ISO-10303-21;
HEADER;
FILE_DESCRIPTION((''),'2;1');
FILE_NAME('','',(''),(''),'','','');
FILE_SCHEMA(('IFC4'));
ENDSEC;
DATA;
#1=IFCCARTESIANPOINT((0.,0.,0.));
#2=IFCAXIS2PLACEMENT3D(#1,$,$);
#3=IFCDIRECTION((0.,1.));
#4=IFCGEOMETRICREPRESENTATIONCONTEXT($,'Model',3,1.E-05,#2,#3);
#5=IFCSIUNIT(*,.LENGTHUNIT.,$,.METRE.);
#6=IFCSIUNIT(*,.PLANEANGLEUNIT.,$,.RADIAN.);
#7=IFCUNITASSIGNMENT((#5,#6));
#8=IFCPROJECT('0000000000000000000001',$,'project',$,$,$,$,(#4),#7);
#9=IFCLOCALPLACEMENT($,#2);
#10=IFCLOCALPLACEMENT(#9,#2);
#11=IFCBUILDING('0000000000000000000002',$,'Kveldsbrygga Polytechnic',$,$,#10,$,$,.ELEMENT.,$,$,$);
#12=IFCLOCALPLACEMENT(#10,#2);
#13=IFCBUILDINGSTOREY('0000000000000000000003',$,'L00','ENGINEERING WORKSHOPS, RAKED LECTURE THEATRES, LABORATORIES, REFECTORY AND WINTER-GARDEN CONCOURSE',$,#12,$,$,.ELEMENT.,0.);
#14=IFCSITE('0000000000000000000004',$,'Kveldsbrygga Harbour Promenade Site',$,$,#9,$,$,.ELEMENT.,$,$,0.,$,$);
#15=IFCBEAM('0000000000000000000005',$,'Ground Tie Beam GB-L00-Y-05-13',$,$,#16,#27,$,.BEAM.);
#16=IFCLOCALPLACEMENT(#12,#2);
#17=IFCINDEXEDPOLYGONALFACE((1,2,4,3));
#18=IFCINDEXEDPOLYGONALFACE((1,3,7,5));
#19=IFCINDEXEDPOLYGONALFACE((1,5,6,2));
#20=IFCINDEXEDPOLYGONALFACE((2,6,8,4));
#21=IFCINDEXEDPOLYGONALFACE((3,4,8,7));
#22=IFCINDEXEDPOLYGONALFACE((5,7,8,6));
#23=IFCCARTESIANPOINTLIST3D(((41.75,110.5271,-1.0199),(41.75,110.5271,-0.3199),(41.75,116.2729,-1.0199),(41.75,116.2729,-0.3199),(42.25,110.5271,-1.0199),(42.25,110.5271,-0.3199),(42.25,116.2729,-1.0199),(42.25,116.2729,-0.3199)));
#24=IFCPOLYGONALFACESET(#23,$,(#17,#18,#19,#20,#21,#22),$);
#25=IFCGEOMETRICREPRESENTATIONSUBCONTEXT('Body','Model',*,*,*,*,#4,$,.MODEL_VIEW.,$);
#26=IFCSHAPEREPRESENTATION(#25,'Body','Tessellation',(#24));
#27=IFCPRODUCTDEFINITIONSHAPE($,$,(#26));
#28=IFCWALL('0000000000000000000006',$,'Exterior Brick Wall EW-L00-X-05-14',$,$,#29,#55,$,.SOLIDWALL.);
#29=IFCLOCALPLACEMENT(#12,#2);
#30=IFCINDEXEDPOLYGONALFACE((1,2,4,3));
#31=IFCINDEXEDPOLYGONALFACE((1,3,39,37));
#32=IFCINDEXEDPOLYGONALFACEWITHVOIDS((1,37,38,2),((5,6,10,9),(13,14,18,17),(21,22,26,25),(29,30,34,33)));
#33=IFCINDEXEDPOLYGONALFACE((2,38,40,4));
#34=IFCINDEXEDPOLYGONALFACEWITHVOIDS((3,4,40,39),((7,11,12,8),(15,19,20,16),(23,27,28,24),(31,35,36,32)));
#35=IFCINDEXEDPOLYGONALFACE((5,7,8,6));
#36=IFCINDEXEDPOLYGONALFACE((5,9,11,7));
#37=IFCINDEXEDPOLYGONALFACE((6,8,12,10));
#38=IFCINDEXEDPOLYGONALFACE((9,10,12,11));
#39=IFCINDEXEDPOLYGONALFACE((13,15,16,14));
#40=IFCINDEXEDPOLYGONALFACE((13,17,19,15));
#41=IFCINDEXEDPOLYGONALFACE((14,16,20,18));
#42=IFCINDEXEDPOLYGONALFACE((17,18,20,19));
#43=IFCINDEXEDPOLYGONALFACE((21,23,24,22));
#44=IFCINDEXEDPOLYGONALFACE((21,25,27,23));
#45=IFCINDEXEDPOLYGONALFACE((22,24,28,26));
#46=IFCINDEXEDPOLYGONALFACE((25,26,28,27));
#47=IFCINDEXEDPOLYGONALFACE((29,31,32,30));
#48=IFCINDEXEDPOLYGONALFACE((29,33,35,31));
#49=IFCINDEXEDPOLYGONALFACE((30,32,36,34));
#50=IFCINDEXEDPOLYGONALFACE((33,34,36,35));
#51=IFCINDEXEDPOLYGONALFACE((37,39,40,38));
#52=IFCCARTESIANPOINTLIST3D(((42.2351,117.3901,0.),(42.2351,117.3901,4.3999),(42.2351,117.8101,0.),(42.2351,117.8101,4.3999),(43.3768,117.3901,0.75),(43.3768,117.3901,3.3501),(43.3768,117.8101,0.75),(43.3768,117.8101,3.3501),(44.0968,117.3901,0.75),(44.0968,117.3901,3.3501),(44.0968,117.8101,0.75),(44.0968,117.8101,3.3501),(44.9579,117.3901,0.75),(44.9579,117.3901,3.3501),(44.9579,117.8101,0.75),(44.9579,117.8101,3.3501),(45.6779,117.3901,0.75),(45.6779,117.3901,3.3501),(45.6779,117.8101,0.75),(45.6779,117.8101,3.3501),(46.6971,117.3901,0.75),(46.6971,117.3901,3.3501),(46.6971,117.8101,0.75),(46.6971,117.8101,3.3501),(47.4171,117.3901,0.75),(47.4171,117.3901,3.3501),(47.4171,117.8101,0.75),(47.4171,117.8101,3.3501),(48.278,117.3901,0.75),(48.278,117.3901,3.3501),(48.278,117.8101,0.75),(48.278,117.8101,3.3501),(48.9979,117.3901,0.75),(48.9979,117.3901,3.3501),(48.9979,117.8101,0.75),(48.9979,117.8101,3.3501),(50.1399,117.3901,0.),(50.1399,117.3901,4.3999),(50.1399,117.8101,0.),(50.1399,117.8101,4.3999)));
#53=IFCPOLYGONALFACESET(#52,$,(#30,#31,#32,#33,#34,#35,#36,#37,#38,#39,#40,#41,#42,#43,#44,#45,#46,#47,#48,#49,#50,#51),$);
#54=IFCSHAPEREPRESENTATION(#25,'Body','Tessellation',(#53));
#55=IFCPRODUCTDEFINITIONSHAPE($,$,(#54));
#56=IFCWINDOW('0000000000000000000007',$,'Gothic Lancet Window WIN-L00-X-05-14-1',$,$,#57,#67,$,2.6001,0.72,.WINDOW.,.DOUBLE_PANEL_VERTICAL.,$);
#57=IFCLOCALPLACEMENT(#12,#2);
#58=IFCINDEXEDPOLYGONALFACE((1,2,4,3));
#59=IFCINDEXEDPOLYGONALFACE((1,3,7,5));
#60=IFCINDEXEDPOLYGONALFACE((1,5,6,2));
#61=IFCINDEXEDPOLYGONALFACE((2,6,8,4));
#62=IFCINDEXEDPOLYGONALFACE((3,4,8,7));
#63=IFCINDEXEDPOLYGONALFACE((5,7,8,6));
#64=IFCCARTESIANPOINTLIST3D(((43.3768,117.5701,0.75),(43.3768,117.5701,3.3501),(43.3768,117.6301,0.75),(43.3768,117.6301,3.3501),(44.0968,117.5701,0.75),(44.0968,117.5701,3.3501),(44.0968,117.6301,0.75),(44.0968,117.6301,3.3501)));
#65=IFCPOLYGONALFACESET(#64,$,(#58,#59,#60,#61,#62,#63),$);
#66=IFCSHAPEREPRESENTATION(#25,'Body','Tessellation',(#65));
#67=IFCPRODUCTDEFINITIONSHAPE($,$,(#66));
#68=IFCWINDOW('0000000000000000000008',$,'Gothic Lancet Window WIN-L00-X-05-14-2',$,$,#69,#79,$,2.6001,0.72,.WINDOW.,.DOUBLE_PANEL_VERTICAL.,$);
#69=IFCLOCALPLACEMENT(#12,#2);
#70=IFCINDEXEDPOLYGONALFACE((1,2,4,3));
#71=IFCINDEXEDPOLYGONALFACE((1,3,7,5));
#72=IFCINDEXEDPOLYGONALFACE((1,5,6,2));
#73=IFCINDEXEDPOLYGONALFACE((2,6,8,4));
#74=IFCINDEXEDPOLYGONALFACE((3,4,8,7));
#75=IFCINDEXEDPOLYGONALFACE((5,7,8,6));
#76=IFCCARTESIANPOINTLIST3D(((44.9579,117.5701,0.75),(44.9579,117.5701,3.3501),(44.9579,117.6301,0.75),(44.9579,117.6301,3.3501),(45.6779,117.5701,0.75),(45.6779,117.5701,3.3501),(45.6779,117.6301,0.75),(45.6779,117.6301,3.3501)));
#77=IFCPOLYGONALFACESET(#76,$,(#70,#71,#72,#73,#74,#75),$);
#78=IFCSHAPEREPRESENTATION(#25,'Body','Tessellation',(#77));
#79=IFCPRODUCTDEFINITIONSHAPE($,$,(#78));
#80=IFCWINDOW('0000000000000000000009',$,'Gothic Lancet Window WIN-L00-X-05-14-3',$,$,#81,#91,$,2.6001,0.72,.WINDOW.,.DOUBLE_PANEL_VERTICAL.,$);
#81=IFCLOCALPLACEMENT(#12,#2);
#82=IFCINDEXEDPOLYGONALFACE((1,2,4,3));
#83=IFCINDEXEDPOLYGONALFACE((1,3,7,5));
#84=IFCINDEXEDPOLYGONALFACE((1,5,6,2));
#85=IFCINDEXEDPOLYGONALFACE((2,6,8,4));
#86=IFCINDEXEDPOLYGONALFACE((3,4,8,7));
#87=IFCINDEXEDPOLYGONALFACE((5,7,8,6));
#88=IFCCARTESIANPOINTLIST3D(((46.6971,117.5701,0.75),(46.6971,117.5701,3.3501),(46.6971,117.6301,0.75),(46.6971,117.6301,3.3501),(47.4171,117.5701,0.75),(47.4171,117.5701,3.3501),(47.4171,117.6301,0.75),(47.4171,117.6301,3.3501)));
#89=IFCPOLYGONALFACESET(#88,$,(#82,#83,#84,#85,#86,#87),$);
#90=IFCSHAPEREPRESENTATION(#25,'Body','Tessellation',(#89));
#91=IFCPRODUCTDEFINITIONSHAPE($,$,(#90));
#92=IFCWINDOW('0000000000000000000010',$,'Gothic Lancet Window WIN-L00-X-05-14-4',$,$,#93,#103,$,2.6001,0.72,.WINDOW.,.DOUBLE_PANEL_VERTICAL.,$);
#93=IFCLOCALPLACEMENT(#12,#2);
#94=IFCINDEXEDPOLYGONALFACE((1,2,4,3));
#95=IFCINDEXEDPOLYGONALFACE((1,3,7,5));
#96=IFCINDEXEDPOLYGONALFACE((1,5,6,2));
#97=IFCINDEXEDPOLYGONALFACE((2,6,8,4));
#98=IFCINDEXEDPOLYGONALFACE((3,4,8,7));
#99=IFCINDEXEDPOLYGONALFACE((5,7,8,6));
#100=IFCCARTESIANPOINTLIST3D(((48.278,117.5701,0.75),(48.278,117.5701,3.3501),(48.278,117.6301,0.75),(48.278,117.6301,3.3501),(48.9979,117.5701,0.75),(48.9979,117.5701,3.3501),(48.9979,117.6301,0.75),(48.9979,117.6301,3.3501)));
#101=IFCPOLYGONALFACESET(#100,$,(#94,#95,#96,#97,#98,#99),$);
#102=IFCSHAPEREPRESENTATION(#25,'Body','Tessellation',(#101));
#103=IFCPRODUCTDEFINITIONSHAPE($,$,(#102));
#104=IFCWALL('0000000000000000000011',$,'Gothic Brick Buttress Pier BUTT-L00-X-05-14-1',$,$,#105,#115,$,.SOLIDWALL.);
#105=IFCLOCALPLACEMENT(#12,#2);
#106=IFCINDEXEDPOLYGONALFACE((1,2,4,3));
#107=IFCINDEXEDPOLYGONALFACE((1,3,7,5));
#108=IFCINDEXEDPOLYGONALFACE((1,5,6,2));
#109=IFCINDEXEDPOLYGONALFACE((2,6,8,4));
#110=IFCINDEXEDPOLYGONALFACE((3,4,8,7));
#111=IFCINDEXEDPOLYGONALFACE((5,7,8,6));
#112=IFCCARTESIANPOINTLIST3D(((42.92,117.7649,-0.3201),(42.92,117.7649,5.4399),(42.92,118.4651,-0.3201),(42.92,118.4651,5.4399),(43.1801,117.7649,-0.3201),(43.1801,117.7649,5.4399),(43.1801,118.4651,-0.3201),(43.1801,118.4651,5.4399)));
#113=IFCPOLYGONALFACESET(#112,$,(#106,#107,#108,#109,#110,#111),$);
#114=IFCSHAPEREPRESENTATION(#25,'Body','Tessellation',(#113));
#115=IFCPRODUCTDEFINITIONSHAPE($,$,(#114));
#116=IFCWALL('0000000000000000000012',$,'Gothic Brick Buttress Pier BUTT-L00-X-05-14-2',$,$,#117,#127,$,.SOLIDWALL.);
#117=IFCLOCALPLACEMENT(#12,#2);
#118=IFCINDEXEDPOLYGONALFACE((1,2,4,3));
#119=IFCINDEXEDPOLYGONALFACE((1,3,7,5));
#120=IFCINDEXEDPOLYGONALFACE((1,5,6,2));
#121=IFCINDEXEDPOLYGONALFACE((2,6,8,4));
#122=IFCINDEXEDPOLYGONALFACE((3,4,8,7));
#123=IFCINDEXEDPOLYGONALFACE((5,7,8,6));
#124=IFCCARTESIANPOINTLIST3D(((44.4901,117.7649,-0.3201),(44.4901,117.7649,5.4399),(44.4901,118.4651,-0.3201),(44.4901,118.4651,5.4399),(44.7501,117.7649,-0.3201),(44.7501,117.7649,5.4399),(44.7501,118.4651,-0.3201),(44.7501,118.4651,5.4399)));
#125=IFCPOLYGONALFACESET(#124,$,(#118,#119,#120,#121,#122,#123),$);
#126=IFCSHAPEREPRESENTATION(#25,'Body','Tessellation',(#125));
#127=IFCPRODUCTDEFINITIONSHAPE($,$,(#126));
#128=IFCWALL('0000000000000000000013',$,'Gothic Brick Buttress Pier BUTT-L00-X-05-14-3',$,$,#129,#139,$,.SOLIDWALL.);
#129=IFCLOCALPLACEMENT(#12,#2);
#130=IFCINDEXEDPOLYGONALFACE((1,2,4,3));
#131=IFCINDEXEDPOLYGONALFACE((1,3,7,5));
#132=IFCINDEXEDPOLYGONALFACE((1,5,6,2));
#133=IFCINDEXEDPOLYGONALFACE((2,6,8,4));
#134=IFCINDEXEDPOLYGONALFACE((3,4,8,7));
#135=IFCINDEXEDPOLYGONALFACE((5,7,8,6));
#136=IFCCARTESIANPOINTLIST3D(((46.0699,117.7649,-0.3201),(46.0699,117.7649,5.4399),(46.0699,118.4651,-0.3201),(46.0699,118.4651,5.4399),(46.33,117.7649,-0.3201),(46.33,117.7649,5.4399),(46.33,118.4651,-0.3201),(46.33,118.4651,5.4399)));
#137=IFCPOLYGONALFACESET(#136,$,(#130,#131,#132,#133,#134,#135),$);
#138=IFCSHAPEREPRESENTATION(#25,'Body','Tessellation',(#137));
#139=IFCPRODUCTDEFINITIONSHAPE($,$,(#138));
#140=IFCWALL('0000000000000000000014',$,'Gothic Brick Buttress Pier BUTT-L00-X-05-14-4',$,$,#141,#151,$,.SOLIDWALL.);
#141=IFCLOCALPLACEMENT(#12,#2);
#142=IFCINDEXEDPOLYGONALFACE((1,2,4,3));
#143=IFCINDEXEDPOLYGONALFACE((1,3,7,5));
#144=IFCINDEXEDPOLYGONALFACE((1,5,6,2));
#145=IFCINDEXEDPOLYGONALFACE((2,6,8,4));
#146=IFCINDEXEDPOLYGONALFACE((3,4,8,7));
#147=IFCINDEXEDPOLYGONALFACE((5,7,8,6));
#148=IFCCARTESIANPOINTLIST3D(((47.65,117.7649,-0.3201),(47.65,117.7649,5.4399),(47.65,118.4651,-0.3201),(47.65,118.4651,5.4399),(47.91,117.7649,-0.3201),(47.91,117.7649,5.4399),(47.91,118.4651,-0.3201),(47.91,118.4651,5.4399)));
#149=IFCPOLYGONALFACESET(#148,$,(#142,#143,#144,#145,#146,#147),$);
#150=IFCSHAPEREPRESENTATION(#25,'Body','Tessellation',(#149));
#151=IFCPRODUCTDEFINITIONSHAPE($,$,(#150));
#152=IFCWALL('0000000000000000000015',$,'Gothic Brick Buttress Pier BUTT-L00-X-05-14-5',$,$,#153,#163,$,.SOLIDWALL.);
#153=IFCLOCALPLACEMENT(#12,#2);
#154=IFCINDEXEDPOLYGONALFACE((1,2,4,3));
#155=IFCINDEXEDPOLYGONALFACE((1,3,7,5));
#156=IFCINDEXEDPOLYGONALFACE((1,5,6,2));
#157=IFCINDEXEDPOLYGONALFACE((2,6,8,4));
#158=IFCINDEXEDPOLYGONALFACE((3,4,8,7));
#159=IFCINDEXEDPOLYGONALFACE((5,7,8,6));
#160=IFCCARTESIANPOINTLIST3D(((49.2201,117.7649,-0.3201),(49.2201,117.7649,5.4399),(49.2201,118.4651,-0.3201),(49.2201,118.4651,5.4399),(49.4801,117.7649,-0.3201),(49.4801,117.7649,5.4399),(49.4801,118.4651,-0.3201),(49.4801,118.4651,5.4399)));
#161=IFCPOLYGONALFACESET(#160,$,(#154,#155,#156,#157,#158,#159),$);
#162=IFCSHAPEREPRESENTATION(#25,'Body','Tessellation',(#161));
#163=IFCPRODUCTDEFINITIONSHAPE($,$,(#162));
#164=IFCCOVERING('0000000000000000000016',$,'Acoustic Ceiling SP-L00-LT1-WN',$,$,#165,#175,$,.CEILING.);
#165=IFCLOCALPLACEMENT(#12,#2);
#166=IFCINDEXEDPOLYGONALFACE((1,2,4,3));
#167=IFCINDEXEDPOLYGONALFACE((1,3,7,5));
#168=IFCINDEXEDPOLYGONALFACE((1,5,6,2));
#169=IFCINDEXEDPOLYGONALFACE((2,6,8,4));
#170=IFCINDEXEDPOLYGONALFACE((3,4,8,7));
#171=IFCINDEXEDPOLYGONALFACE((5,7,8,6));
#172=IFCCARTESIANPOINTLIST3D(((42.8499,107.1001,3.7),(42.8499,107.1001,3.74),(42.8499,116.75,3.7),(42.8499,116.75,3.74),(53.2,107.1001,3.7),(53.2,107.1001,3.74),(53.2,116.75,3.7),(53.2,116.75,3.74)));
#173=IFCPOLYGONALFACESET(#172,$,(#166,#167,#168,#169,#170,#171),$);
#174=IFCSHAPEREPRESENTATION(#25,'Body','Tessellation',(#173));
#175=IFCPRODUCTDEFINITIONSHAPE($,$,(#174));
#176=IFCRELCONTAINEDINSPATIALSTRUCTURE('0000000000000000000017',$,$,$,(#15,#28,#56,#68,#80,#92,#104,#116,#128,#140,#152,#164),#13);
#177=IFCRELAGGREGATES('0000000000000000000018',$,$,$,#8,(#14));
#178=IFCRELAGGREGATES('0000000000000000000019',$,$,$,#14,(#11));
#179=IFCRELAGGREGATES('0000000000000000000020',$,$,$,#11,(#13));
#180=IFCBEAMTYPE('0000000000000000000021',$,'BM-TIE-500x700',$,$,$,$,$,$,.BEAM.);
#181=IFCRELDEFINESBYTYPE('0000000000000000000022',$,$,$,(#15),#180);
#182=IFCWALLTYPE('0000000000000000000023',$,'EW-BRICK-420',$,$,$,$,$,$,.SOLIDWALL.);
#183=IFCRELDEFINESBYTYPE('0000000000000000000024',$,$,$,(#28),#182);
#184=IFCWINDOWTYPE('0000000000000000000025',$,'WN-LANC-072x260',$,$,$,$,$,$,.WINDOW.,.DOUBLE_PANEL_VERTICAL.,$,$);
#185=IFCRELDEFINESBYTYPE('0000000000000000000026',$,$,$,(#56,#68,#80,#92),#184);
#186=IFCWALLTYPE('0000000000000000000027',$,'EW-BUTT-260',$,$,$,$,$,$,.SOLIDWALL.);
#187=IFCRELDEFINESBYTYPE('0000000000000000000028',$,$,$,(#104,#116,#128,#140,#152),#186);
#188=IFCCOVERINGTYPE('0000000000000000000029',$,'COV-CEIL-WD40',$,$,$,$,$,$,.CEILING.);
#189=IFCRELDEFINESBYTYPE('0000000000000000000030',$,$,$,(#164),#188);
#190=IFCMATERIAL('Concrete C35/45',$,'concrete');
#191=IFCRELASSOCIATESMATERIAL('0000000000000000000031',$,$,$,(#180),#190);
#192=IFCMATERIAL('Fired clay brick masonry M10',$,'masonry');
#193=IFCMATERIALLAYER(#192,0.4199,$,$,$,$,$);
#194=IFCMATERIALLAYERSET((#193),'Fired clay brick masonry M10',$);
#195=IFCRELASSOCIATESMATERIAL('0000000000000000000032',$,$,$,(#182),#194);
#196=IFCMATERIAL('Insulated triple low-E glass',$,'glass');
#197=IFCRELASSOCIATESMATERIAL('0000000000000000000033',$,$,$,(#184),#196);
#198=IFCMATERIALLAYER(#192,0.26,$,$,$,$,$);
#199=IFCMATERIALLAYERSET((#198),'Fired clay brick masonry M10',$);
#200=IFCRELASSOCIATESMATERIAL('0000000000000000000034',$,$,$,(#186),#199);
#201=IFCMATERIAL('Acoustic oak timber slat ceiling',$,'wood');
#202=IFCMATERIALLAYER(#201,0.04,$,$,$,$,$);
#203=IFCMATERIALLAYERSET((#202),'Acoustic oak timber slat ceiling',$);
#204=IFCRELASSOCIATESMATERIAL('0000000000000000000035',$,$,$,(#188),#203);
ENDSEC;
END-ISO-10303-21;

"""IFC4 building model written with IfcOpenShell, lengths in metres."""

from ifc_helpers import new_model, si_unit, direction, frame, frame_2d, origin, origin_2d, place, context, subcontext, project, spatial, rectangle, extrude, material, layer, layer_set, material_profile, profile_set, type_object, element, fill, save


model = new_model("IFC4")

# Units and contexts
model_context = context("Model", 3, precision=1e-05, world=origin(), true_north=direction((0.0, 1.0)))
body_context = subcontext(model_context, "Body", "Model", "MODEL_VIEW")
ifc_project = project(units=[si_unit("LENGTHUNIT", "METRE"), si_unit("PLANEANGLEUNIT", "RADIAN")], contexts=[model_context])

# Site, building, storey
site_placement = place(None, origin())
site = spatial("IfcSite", under=ifc_project, at=site_placement, Name="Kveldsbrygga Harbour Promenade Site", CompositionType="ELEMENT", RefElevation=0.0)
building_placement = place(site_placement, origin())
building = spatial("IfcBuilding", under=site, at=building_placement, Name="Kveldsbrygga Polytechnic", CompositionType="ELEMENT")
storey_placement = place(building_placement, origin())
storey = spatial("IfcBuildingStorey", under=building, at=storey_placement, Name="L00", Description="ENGINEERING WORKSHOPS, RAKED LECTURE THEATRES, LABORATORIES, REFECTORY AND WINTER-GARDEN CONCOURSE", CompositionType="ELEMENT", Elevation=0.0)

# Beam
ifc_material_1 = material(Name="Concrete C35/45", Category="concrete")
ifc_material_profile_1 = material_profile(ifc_material_1, rectangle(XDim=0.5, YDim=0.7, at=origin_2d()), Name="RC 500x700")
ifc_profile_set_1 = profile_set([ifc_material_profile_1], Name="Concrete C35/45")
beam_type_1 = type_object("IfcBeamType", Name="BM-TIE-500x700", PredefinedType="BEAM", material=ifc_profile_set_1)
beam_1_placement = place(storey_placement, frame((42.0, 110.5271, -0.6699), z_axis=(0.0, 1.0, 0.0), x_axis=(-1.0, 0.0, 0.0)))
element("IfcBeam", 1, at=beam_1_placement, inside=storey, type_object=beam_type_1, Name="Ground Tie Beam GB-L00-Y-05-13", PredefinedType="BEAM", context=body_context, shape_type="SweptSolid", body=[
    extrude(rectangle(XDim=0.5, YDim=0.7, at=origin_2d()), origin(), (0.0, 0.0, 1.0), 5.7458),
])

# Wall, openings, windows
ifc_material_2 = material(Name="Fired clay brick masonry M10", Category="masonry")
ifc_layer_1 = layer(ifc_material_2, 0.4199)
ifc_layer_set_1 = layer_set([ifc_layer_1], Name="Fired clay brick masonry M10")
wall_type_1 = type_object("IfcWallType", Name="EW-BRICK-420", PredefinedType="SOLIDWALL", material=ifc_layer_set_1)
wall_placement = place(storey_placement, frame((42.2351, 117.6001, 0.0), z_axis=(0.0, 0.0, 1.0), x_axis=(1.0, 0.0, 0.0)))
wall = element("IfcWall", 2, at=wall_placement, inside=storey, type_object=wall_type_1, Name="Exterior Brick Wall EW-L00-X-05-14", PredefinedType="SOLIDWALL", context=body_context, shape_type="SweptSolid", body=[
    extrude(rectangle(XDim=7.9048, YDim=0.4199, at=frame_2d((3.9524, 0.0))), origin(), (0.0, 0.0, 1.0), 4.3999),
])
opening_1_placement = place(wall_placement, frame((1.1418, 0.0, 0.75)))
opening_1 = element("IfcOpeningElement", 3, at=opening_1_placement, cuts=wall, PredefinedType="OPENING", context=body_context, shape_type="SweptSolid", body=[
    extrude(rectangle(XDim=0.72, YDim=2.6001, at=frame_2d((0.3599, 1.3))), frame((0.0, 0.22, 0.0), z_axis=(0.0, -1.0, 0.0), x_axis=(1.0, 0.0, 0.0)), (0.0, 0.0, 1.0), 0.4399),
])
opening_2_placement = place(wall_placement, frame((2.7229, 0.0, 0.75)))
opening_2 = element("IfcOpeningElement", 4, at=opening_2_placement, cuts=wall, PredefinedType="OPENING", context=body_context, shape_type="SweptSolid", body=[
    extrude(rectangle(XDim=0.72, YDim=2.6001, at=frame_2d((0.3599, 1.3))), frame((0.0, 0.22, 0.0), z_axis=(0.0, -1.0, 0.0), x_axis=(1.0, 0.0, 0.0)), (0.0, 0.0, 1.0), 0.4399),
])
opening_3_placement = place(wall_placement, frame((4.4622, 0.0, 0.75)))
opening_3 = element("IfcOpeningElement", 5, at=opening_3_placement, cuts=wall, PredefinedType="OPENING", context=body_context, shape_type="SweptSolid", body=[
    extrude(rectangle(XDim=0.72, YDim=2.6001, at=frame_2d((0.3599, 1.3))), frame((0.0, 0.22, 0.0), z_axis=(0.0, -1.0, 0.0), x_axis=(1.0, 0.0, 0.0)), (0.0, 0.0, 1.0), 0.4399),
])
opening_4_placement = place(wall_placement, frame((6.043, 0.0, 0.75)))
opening_4 = element("IfcOpeningElement", 6, at=opening_4_placement, cuts=wall, PredefinedType="OPENING", context=body_context, shape_type="SweptSolid", body=[
    extrude(rectangle(XDim=0.72, YDim=2.6001, at=frame_2d((0.3599, 1.3))), frame((0.0, 0.22, 0.0), z_axis=(0.0, -1.0, 0.0), x_axis=(1.0, 0.0, 0.0)), (0.0, 0.0, 1.0), 0.4399),
])
ifc_material_3 = material(Name="Insulated triple low-E glass", Category="glass")
window_type = type_object("IfcWindowType", Name="WN-LANC-072x260", PartitioningType="DOUBLE_PANEL_VERTICAL", PredefinedType="WINDOW", material=ifc_material_3)
window_1_placement = place(opening_1_placement, origin())
window_1 = element("IfcWindow", 7, at=window_1_placement, inside=storey, type_object=window_type, Name="Gothic Lancet Window WIN-L00-X-05-14-1", OverallHeight=2.6001, OverallWidth=0.72, PartitioningType="DOUBLE_PANEL_VERTICAL", PredefinedType="WINDOW", context=body_context, shape_type="SweptSolid", body=[
    extrude(rectangle(XDim=0.72, YDim=2.6001, at=frame_2d((0.3599, 1.3))), frame((0.0, 0.03, 0.0), z_axis=(0.0, -1.0, 0.0), x_axis=(1.0, 0.0, 0.0)), (0.0, 0.0, 1.0), 0.0601),
])
fill(opening_1, window_1)
window_2_placement = place(opening_2_placement, origin())
window_2 = element("IfcWindow", 8, at=window_2_placement, inside=storey, type_object=window_type, Name="Gothic Lancet Window WIN-L00-X-05-14-2", OverallHeight=2.6001, OverallWidth=0.72, PartitioningType="DOUBLE_PANEL_VERTICAL", PredefinedType="WINDOW", context=body_context, shape_type="SweptSolid", body=[
    extrude(rectangle(XDim=0.72, YDim=2.6001, at=frame_2d((0.3599, 1.3))), frame((0.0, 0.03, 0.0), z_axis=(0.0, -1.0, 0.0), x_axis=(1.0, 0.0, 0.0)), (0.0, 0.0, 1.0), 0.0601),
])
fill(opening_2, window_2)
window_3_placement = place(opening_3_placement, origin())
window_3 = element("IfcWindow", 9, at=window_3_placement, inside=storey, type_object=window_type, Name="Gothic Lancet Window WIN-L00-X-05-14-3", OverallHeight=2.6001, OverallWidth=0.72, PartitioningType="DOUBLE_PANEL_VERTICAL", PredefinedType="WINDOW", context=body_context, shape_type="SweptSolid", body=[
    extrude(rectangle(XDim=0.72, YDim=2.6001, at=frame_2d((0.3599, 1.3))), frame((0.0, 0.03, 0.0), z_axis=(0.0, -1.0, 0.0), x_axis=(1.0, 0.0, 0.0)), (0.0, 0.0, 1.0), 0.0601),
])
fill(opening_3, window_3)
window_4_placement = place(opening_4_placement, origin())
window_4 = element("IfcWindow", 10, at=window_4_placement, inside=storey, type_object=window_type, Name="Gothic Lancet Window WIN-L00-X-05-14-4", OverallHeight=2.6001, OverallWidth=0.72, PartitioningType="DOUBLE_PANEL_VERTICAL", PredefinedType="WINDOW", context=body_context, shape_type="SweptSolid", body=[
    extrude(rectangle(XDim=0.72, YDim=2.6001, at=frame_2d((0.3599, 1.3))), frame((0.0, 0.03, 0.0), z_axis=(0.0, -1.0, 0.0), x_axis=(1.0, 0.0, 0.0)), (0.0, 0.0, 1.0), 0.0601),
])
fill(opening_4, window_4)

# Walls
ifc_layer_2 = layer(ifc_material_2, 0.26)
ifc_layer_set_2 = layer_set([ifc_layer_2], Name="Fired clay brick masonry M10")
wall_type_2 = type_object("IfcWallType", Name="EW-BUTT-260", PredefinedType="SOLIDWALL", material=ifc_layer_set_2)
for number, where, z_axis, x_axis, name in (
    (11, (43.05, 117.7649, -0.3201), (0.0, 0.0, 1.0), (0.0, 1.0, 0.0), "Gothic Brick Buttress Pier BUTT-L00-X-05-14-1"),
    (12, (44.6201, 117.7649, -0.3201), (0.0, 0.0, 1.0), (0.0, 1.0, 0.0), "Gothic Brick Buttress Pier BUTT-L00-X-05-14-2"),
    (13, (46.2, 117.7649, -0.3201), (0.0, 0.0, 1.0), (0.0, 1.0, 0.0), "Gothic Brick Buttress Pier BUTT-L00-X-05-14-3"),
    (14, (47.78, 117.7649, -0.3201), (0.0, 0.0, 1.0), (0.0, 1.0, 0.0), "Gothic Brick Buttress Pier BUTT-L00-X-05-14-4"),
    (15, (49.3501, 117.7649, -0.3201), (0.0, 0.0, 1.0), (0.0, 1.0, 0.0), "Gothic Brick Buttress Pier BUTT-L00-X-05-14-5"),
):
    element("IfcWall", number, at=place(storey_placement, frame(where, z_axis=z_axis, x_axis=x_axis)), inside=storey, type_object=wall_type_2, Name=name, PredefinedType="SOLIDWALL", context=body_context, shape_type="SweptSolid", body=[
        extrude(rectangle(XDim=0.7002, YDim=0.26, at=frame_2d((0.3501, 0.0))), origin(), (0.0, 0.0, 1.0), 5.76),
    ])

# Covering
ifc_material_4 = material(Name="Acoustic oak timber slat ceiling", Category="wood")
ifc_layer_3 = layer(ifc_material_4, 0.04)
ifc_layer_set_3 = layer_set([ifc_layer_3], Name="Acoustic oak timber slat ceiling")
covering_type_1 = type_object("IfcCoveringType", Name="COV-CEIL-WD40", PredefinedType="CEILING", material=ifc_layer_set_3)
covering_1_placement = place(storey_placement, frame((48.0249, 111.925, 3.7), z_axis=(0.0, 0.0, 1.0), x_axis=(1.0, 0.0, 0.0)))
element("IfcCovering", 16, at=covering_1_placement, inside=storey, type_object=covering_type_1, Name="Acoustic Ceiling SP-L00-LT1-WN", PredefinedType="CEILING", context=body_context, shape_type="SweptSolid", body=[
    extrude(rectangle(XDim=10.3501, YDim=9.6499, at=origin_2d()), origin(), (0.0, 0.0, 1.0), 0.04),
])

save(model, "model.ifc")
